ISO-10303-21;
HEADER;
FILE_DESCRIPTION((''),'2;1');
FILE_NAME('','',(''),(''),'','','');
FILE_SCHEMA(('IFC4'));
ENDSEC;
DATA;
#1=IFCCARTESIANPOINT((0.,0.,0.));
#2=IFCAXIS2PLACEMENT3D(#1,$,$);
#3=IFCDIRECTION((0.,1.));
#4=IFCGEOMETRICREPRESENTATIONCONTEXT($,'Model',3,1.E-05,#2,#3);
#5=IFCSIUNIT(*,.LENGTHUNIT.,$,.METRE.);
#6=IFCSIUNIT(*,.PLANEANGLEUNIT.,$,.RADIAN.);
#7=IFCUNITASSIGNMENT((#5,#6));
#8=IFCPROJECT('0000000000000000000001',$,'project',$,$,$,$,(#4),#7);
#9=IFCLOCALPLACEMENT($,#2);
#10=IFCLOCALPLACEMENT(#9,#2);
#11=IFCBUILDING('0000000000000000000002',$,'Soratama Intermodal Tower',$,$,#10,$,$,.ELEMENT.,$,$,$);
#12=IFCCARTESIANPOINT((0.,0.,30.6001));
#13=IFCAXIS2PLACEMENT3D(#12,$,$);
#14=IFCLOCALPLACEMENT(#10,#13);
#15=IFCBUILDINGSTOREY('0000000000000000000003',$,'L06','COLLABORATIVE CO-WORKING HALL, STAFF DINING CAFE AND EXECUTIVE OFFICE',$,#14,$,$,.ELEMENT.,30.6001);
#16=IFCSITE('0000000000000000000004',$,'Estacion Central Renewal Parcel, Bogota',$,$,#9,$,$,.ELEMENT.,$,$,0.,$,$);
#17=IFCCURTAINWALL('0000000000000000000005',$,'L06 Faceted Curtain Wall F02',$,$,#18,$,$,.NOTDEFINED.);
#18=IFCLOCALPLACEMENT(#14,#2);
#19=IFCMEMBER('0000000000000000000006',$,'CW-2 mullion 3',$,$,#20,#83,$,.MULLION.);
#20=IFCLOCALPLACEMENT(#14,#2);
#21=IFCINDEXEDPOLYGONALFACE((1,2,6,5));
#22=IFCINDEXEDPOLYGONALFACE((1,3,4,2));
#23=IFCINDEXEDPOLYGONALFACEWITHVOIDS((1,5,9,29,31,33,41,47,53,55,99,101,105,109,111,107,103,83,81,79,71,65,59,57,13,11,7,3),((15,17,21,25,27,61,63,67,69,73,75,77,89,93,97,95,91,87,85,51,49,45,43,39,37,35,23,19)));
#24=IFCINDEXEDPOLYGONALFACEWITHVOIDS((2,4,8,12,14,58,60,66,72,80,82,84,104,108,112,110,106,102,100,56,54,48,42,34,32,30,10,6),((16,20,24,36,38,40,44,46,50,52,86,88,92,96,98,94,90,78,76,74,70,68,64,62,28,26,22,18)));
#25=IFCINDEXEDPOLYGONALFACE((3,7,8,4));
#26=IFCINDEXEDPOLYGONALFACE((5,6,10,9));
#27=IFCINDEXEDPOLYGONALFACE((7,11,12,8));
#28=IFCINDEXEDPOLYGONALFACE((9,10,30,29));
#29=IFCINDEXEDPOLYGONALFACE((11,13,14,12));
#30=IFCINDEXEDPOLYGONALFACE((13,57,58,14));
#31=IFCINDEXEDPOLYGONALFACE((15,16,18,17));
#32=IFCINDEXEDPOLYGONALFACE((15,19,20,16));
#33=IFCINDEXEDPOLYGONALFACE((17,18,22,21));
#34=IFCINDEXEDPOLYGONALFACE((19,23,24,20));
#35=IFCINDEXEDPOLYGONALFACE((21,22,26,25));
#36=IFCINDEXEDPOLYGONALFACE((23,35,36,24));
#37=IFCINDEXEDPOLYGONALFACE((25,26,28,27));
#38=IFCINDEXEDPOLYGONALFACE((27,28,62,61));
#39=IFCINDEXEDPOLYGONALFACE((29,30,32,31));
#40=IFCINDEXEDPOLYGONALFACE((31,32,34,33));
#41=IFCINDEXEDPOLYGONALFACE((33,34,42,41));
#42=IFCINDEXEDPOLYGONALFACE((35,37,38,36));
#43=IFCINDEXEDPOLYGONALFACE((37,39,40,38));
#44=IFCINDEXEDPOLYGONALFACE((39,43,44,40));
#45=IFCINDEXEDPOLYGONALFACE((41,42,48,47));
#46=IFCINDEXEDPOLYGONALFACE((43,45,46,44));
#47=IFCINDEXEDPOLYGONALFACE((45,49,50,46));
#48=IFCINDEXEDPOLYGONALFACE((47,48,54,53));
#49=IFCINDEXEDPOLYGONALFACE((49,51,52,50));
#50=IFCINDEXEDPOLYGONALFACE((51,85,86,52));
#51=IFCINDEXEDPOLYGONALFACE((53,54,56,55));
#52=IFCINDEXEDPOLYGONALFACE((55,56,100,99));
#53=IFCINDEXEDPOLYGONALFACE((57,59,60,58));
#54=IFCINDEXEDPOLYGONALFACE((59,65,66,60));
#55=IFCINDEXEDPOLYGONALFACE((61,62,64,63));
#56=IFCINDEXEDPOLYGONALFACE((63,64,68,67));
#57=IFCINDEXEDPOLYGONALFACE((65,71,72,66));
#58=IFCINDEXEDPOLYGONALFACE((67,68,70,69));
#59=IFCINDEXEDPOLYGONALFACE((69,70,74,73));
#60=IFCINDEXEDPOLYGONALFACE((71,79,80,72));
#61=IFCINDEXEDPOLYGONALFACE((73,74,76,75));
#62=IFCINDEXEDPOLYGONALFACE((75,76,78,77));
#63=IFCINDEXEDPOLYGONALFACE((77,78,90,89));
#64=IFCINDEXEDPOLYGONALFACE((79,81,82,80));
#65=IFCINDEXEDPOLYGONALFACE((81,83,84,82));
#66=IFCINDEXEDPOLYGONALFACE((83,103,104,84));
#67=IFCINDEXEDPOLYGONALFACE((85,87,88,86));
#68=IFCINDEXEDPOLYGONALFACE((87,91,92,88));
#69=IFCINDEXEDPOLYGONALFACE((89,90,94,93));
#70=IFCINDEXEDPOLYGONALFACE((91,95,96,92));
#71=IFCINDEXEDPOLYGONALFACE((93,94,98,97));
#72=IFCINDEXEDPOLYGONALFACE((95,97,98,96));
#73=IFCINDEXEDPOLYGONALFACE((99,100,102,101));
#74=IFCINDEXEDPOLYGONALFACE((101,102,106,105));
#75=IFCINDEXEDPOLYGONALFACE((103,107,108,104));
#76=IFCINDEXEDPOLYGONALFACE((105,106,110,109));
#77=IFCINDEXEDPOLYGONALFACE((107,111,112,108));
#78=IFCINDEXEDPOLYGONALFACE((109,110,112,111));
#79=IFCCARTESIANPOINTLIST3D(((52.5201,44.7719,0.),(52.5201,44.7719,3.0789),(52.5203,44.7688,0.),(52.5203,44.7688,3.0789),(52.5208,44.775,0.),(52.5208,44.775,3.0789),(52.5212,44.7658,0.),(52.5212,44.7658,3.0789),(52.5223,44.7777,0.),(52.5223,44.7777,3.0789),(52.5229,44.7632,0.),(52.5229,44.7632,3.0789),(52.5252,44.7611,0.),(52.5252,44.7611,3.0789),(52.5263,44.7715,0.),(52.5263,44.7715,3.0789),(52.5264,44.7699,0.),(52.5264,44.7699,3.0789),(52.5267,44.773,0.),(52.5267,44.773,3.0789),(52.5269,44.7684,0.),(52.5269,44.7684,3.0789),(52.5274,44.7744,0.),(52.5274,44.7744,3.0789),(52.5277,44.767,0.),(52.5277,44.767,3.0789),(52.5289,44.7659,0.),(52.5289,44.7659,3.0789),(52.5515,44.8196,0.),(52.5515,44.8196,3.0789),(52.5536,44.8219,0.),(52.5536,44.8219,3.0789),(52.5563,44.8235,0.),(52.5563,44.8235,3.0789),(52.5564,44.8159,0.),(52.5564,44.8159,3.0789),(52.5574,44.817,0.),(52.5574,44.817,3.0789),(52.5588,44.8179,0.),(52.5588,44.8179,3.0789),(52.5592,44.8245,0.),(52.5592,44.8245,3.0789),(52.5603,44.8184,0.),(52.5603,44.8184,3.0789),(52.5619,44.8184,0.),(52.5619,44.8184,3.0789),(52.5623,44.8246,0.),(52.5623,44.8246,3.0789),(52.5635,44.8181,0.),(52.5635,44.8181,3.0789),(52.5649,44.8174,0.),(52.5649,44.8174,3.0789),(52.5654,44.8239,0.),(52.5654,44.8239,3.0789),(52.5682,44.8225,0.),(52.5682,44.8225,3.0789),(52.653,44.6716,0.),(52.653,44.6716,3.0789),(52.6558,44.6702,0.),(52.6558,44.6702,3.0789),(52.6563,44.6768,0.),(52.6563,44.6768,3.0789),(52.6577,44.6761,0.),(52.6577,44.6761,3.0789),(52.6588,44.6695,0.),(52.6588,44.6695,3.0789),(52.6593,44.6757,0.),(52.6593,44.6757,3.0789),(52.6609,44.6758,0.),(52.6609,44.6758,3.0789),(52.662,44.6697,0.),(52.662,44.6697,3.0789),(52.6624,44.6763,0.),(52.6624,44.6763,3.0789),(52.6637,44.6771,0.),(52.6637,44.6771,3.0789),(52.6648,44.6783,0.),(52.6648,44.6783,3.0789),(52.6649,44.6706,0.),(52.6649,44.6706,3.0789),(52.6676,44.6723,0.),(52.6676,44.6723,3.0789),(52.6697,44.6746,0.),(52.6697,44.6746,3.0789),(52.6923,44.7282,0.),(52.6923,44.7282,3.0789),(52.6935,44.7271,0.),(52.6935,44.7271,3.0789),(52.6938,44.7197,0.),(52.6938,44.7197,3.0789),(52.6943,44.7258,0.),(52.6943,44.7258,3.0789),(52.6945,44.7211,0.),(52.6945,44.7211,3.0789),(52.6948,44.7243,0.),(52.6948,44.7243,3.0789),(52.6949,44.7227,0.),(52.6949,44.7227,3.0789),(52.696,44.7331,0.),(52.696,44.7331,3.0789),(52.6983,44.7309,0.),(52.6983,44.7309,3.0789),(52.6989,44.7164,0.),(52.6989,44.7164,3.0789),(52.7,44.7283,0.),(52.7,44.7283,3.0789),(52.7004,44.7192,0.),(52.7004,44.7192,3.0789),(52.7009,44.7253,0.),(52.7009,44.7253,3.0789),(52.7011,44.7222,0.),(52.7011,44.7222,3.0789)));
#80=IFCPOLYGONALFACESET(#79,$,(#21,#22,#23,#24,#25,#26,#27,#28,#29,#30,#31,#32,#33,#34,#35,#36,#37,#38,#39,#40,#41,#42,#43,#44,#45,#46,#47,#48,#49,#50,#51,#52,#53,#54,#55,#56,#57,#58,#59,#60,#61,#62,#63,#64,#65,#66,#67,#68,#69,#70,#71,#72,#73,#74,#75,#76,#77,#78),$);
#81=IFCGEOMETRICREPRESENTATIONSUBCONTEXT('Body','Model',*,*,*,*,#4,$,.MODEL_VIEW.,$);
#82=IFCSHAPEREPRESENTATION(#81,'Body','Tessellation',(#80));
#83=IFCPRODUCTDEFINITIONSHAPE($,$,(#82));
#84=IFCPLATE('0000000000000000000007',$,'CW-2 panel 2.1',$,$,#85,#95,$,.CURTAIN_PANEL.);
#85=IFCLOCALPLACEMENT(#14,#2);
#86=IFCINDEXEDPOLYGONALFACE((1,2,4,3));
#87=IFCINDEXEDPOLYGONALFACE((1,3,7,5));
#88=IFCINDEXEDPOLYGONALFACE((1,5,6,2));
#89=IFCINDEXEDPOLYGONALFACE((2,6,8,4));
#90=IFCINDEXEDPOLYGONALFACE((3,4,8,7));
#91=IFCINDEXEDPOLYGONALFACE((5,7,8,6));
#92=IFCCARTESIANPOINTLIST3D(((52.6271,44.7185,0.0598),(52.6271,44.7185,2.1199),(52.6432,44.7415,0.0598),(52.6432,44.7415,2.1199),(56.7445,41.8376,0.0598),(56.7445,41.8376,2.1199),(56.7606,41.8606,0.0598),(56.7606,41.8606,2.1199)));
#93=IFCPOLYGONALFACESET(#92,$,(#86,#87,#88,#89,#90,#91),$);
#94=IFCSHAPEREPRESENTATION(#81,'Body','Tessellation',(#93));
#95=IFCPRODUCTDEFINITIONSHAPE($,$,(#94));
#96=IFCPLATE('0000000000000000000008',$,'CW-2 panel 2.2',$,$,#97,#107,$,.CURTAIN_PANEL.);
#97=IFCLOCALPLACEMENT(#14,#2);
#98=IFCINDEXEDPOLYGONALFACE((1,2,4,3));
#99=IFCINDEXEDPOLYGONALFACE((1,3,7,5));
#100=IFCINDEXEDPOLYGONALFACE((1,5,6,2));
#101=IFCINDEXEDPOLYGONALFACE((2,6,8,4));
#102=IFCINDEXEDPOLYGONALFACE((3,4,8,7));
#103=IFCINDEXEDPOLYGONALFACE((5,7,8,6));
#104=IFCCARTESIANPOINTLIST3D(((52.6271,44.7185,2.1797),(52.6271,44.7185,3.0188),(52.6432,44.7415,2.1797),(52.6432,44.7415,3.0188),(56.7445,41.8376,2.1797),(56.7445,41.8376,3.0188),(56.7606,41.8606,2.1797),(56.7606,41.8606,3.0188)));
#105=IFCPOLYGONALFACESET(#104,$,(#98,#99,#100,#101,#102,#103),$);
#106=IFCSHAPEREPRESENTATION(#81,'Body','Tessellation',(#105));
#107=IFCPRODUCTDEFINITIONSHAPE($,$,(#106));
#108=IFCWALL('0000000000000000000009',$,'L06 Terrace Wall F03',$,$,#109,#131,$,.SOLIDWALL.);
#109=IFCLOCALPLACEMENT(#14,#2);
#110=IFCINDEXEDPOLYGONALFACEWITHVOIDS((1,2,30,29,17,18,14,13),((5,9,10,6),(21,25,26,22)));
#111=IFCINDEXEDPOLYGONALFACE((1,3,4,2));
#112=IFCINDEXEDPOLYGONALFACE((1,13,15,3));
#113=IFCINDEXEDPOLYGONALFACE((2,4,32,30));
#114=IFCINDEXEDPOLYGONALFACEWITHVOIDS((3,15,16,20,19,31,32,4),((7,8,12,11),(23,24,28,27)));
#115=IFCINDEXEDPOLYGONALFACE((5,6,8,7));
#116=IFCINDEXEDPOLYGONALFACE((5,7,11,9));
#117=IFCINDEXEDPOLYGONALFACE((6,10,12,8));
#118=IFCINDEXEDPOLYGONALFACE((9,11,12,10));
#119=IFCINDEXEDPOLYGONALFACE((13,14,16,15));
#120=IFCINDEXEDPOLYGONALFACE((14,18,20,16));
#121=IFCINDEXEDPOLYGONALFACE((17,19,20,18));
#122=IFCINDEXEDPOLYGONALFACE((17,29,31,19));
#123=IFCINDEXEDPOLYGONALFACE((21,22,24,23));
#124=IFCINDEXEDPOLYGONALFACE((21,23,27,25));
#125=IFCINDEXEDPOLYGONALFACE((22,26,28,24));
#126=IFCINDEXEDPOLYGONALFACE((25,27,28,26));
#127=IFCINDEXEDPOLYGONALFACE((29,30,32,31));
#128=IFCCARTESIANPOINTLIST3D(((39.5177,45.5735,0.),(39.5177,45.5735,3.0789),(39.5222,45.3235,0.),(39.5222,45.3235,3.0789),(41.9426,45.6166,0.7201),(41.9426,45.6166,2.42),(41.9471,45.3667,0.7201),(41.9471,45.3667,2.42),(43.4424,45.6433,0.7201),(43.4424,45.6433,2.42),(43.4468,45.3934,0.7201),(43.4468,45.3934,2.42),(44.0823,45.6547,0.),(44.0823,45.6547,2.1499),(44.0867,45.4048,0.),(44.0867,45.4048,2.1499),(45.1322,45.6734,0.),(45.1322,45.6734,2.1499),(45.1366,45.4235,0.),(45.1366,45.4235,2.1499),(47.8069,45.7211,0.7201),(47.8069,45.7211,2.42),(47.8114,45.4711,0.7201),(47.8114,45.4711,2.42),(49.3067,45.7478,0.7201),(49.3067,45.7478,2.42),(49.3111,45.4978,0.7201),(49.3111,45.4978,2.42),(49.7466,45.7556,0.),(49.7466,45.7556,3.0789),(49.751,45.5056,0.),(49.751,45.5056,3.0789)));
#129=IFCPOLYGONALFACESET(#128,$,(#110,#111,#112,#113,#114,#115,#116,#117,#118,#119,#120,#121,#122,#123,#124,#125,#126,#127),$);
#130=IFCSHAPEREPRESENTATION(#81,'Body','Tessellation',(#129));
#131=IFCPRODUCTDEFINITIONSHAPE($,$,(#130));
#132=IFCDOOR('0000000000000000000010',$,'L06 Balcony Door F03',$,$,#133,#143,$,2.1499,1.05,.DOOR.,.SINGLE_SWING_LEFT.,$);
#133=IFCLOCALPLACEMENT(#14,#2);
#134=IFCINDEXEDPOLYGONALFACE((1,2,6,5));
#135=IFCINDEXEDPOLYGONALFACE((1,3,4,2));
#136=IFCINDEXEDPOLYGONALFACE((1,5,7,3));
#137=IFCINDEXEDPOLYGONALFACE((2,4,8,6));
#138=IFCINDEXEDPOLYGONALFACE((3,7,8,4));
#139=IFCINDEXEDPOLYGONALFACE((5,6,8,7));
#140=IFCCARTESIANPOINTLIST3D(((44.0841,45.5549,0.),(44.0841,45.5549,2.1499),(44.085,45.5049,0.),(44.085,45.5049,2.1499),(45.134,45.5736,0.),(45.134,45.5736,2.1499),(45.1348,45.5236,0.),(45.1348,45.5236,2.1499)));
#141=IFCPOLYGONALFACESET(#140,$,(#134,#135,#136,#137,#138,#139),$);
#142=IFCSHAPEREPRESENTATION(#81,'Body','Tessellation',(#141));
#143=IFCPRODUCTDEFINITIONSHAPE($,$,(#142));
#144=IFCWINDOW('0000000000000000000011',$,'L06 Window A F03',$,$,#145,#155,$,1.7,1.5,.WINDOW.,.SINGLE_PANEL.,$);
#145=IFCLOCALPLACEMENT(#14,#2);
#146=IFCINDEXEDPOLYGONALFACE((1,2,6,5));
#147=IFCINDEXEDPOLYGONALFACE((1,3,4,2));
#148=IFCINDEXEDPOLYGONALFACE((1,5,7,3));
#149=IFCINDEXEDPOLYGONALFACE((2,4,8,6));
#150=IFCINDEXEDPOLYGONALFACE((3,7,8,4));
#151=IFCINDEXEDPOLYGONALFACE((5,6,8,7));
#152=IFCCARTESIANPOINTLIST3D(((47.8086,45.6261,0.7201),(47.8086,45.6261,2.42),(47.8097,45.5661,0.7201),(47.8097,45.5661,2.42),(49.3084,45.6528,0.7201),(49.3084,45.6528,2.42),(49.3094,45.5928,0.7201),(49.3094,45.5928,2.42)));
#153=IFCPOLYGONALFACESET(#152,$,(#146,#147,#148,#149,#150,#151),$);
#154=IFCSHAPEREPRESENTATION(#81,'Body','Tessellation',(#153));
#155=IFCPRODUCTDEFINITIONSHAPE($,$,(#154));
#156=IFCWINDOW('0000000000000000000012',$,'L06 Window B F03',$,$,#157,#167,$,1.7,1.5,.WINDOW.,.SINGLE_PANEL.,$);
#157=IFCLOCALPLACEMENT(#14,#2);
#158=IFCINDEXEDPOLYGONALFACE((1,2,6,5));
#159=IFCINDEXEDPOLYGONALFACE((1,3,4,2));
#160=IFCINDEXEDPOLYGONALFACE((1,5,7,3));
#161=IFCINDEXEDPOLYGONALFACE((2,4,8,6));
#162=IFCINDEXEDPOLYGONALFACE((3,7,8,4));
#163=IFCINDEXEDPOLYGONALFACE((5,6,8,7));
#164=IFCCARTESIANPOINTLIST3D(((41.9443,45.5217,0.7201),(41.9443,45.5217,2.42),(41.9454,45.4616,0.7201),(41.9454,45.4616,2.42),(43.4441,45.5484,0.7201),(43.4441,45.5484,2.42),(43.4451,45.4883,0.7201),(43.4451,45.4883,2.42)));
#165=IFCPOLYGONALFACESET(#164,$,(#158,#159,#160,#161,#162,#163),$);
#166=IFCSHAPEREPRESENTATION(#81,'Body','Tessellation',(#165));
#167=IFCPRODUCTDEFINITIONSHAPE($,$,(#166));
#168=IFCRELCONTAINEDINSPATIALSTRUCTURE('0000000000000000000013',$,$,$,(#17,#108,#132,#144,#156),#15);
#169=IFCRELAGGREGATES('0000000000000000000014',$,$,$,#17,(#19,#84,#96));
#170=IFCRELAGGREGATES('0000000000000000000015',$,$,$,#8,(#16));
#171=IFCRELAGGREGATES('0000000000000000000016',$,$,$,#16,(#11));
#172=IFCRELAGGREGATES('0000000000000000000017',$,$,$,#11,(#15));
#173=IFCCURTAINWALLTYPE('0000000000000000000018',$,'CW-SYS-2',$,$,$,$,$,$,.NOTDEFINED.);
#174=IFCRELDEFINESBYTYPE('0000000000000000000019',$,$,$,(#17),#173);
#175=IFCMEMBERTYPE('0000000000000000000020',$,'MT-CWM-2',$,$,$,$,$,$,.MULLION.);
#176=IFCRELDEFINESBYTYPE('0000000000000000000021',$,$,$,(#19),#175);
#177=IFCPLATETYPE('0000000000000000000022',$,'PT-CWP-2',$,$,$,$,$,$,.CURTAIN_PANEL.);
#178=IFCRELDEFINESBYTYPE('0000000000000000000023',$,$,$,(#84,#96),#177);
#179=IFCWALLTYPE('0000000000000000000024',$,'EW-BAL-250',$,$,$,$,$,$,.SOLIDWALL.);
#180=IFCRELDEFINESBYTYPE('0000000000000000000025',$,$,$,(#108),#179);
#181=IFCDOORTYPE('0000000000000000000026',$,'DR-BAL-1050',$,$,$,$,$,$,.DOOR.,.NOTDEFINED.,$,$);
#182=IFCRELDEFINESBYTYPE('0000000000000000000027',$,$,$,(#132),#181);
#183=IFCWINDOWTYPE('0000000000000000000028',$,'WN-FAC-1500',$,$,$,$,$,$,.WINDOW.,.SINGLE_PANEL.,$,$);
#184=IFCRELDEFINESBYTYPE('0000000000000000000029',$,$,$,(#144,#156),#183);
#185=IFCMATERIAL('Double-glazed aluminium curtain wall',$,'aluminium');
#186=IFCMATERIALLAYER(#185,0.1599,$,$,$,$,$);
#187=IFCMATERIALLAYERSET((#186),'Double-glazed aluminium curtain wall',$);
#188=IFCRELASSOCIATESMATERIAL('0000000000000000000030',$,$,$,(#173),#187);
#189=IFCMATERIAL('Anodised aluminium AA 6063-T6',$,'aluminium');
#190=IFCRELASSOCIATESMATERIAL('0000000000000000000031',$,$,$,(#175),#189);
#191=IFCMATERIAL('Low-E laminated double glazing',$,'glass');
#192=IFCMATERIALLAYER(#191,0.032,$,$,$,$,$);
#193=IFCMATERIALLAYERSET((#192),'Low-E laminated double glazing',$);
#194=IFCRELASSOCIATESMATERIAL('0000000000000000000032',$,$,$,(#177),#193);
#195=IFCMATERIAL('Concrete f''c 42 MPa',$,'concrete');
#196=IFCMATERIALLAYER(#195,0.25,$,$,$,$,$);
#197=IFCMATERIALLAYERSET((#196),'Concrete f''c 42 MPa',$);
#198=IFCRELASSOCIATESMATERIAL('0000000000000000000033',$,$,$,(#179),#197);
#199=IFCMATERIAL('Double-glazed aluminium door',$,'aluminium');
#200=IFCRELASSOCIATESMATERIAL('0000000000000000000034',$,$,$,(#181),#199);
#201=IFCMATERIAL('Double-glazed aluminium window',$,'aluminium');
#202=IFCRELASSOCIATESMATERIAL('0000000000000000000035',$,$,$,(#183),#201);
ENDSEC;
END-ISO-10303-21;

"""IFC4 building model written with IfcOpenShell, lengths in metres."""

from ifc_helpers import new_model, si_unit, direction, frame, frame_2d, origin, origin_2d, place, context, subcontext, project, spatial, rectangle, hollow_rectangle, extrude, material, layer, layer_set, material_profile, profile_set, type_object, element, fill, aggregate, save


model = new_model("IFC4")

# Units and contexts
model_context = context("Model", 3, precision=1e-05, world=origin(), true_north=direction((0.0, 1.0)))
body_context = subcontext(model_context, "Body", "Model", "MODEL_VIEW")
ifc_project = project(units=[si_unit("LENGTHUNIT", "METRE"), si_unit("PLANEANGLEUNIT", "RADIAN")], contexts=[model_context])

# Site, building, storey
site_placement = place(None, origin())
site = spatial("IfcSite", under=ifc_project, at=site_placement, Name="Estacion Central Renewal Parcel, Bogota", CompositionType="ELEMENT", RefElevation=0.0)
building_placement = place(site_placement, origin())
building = spatial("IfcBuilding", under=site, at=building_placement, Name="Soratama Intermodal Tower", CompositionType="ELEMENT")
storey_placement = place(building_placement, frame((0.0, 0.0, 30.6001)))
storey = spatial("IfcBuildingStorey", under=building, at=storey_placement, Name="L06", Description="COLLABORATIVE CO-WORKING HALL, STAFF DINING CAFE AND EXECUTIVE OFFICE", CompositionType="ELEMENT", Elevation=30.6001)

# Curtain wall, member, plates
ifc_material_1 = material(Name="Double-glazed aluminium curtain wall", Category="aluminium")
ifc_layer_1 = layer(ifc_material_1, 0.1599)
ifc_layer_set_1 = layer_set([ifc_layer_1], Name="Double-glazed aluminium curtain wall")
curtain_wall_type = type_object("IfcCurtainWallType", Name="CW-SYS-2", PredefinedType="NOTDEFINED", material=ifc_layer_set_1)
curtain_wall_placement = place(storey_placement, origin())
curtain_wall = element("IfcCurtainWall", 1, at=curtain_wall_placement, inside=storey, type_object=curtain_wall_type, Name="L06 Faceted Curtain Wall F02", PredefinedType="NOTDEFINED")
ifc_material_2 = material(Name="Anodised aluminium AA 6063-T6", Category="aluminium")
ifc_material_profile_1 = material_profile(ifc_material_2, hollow_rectangle(XDim=0.075, YDim=0.1799, WallThickness=0.0061, InnerFilletRadius=0.0061, OuterFilletRadius=0.012, at=origin_2d()), Name="CWM180X75X6")
ifc_profile_set_1 = profile_set([ifc_material_profile_1], Name="Anodised aluminium AA 6063-T6")
member_type = type_object("IfcMemberType", Name="MT-CWM-2", PredefinedType="MULLION", material=ifc_profile_set_1)
member_placement = place(storey_placement, frame((52.6106, 44.7471, 0.0), z_axis=(0.0, 0.0, 1.0), x_axis=(-0.573296, -0.819349, 0.0)))
member = element("IfcMember", 2, at=member_placement, type_object=member_type, Name="CW-2 mullion 3", PredefinedType="MULLION", context=body_context, shape_type="SweptSolid", body=[
    extrude(hollow_rectangle(XDim=0.075, YDim=0.1799, WallThickness=0.0061, InnerFilletRadius=0.0061, OuterFilletRadius=0.012, at=origin_2d()), origin(), (0.0, 0.0, 1.0), 3.0789),
])
ifc_material_3 = material(Name="Low-E laminated double glazing", Category="glass")
ifc_layer_2 = layer(ifc_material_3, 0.032)
ifc_layer_set_2 = layer_set([ifc_layer_2], Name="Low-E laminated double glazing")
plate_type = type_object("IfcPlateType", Name="PT-CWP-2", PredefinedType="CURTAIN_PANEL", material=ifc_layer_set_2)
plate_1_placement = place(storey_placement, frame((54.6938, 43.2896, 0.0598), z_axis=(0.0, 0.0, 1.0), x_axis=(-0.819349, 0.573296, 0.0)))
plate_1 = element("IfcPlate", 3, at=plate_1_placement, type_object=plate_type, Name="CW-2 panel 2.1", PredefinedType="CURTAIN_PANEL", context=body_context, shape_type="SweptSolid", body=[
    extrude(rectangle(XDim=5.0251, YDim=0.0281, at=origin_2d()), origin(), (0.0, 0.0, 1.0), 2.0601),
])
plate_2_placement = place(storey_placement, frame((54.6938, 43.2896, 2.1797), z_axis=(0.0, 0.0, 1.0), x_axis=(-0.819349, 0.573296, 0.0)))
plate_2 = element("IfcPlate", 4, at=plate_2_placement, type_object=plate_type, Name="CW-2 panel 2.2", PredefinedType="CURTAIN_PANEL", context=body_context, shape_type="SweptSolid", body=[
    extrude(rectangle(XDim=5.0251, YDim=0.0281, at=origin_2d()), origin(), (0.0, 0.0, 1.0), 0.8391),
])
aggregate(curtain_wall, [member, plate_1, plate_2])

# Wall, openings, door, windows
ifc_material_4 = material(Name="Concrete f'c 42 MPa", Category="concrete")
ifc_layer_3 = layer(ifc_material_4, 0.25)
ifc_layer_set_3 = layer_set([ifc_layer_3], Name="Concrete f'c 42 MPa")
wall_type_1 = type_object("IfcWallType", Name="EW-BAL-250", PredefinedType="SOLIDWALL", material=ifc_layer_set_3)
wall_1_placement = place(storey_placement, frame((49.7488, 45.6306, 0.0), z_axis=(0.0, 0.0, 1.0), x_axis=(-0.999842, -0.017803, 0.0)))
wall_1 = element("IfcWall", 5, at=wall_1_placement, inside=storey, type_object=wall_type_1, Name="L06 Terrace Wall F03", PredefinedType="SOLIDWALL", context=body_context, shape_type="SweptSolid", body=[
    extrude(rectangle(XDim=10.2305, YDim=0.25, at=frame_2d((5.1152, 0.0))), origin(), (0.0, 0.0, 1.0), 3.0789),
])
opening_1_placement = place(wall_1_placement, frame((4.6152, 0.0, 0.0)))
opening_1 = element("IfcOpeningElement", 6, at=opening_1_placement, cuts=wall_1, PredefinedType="OPENING", context=body_context, shape_type="SweptSolid", body=[
    extrude(rectangle(XDim=1.05, YDim=2.1499, at=frame_2d((0.5249, 1.075))), frame((0.0, 0.135, 0.0), z_axis=(0.0, -1.0, 0.0), x_axis=(1.0, 0.0, 0.0)), (0.0, 0.0, 1.0), 0.27),
])
opening_2_placement = place(wall_1_placement, frame((0.4399, 0.0, 0.72)))
opening_2 = element("IfcOpeningElement", 7, at=opening_2_placement, cuts=wall_1, PredefinedType="OPENING", context=body_context, shape_type="SweptSolid", body=[
    extrude(rectangle(XDim=1.5, YDim=1.7, at=frame_2d((0.75, 0.8501))), frame((0.0, 0.135, 0.0), z_axis=(0.0, -1.0, 0.0), x_axis=(1.0, 0.0, 0.0)), (0.0, 0.0, 1.0), 0.27),
])
opening_3_placement = place(wall_1_placement, frame((6.3052, 0.0, 0.72)))
opening_3 = element("IfcOpeningElement", 8, at=opening_3_placement, cuts=wall_1, PredefinedType="OPENING", context=body_context, shape_type="SweptSolid", body=[
    extrude(rectangle(XDim=1.5, YDim=1.7, at=frame_2d((0.75, 0.8501))), frame((0.0, 0.135, 0.0), z_axis=(0.0, -1.0, 0.0), x_axis=(1.0, 0.0, 0.0)), (0.0, 0.0, 1.0), 0.27),
])
ifc_material_5 = material(Name="Double-glazed aluminium door", Category="aluminium")
door_type = type_object("IfcDoorType", Name="DR-BAL-1050", OperationType="NOTDEFINED", PredefinedType="DOOR", material=ifc_material_5)
door_placement = place(opening_1_placement, origin())
door = element("IfcDoor", 9, at=door_placement, inside=storey, type_object=door_type, Name="L06 Balcony Door F03", OperationType="SINGLE_SWING_LEFT", OverallHeight=2.1499, OverallWidth=1.05, PredefinedType="DOOR", context=body_context, shape_type="SweptSolid", body=[
    extrude(rectangle(XDim=1.05, YDim=2.1499, at=frame_2d((0.5249, 1.075))), frame((0.0, 0.0249, 0.0), z_axis=(0.0, -1.0, 0.0), x_axis=(1.0, 0.0, 0.0)), (0.0, 0.0, 1.0), 0.05),
])
fill(opening_1, door)
ifc_material_6 = material(Name="Double-glazed aluminium window", Category="aluminium")
window_type_1 = type_object("IfcWindowType", Name="WN-FAC-1500", PartitioningType="SINGLE_PANEL", PredefinedType="WINDOW", material=ifc_material_6)
window_1_placement = place(opening_2_placement, origin())
window_1 = element("IfcWindow", 10, at=window_1_placement, inside=storey, type_object=window_type_1, Name="L06 Window A F03", OverallHeight=1.7, OverallWidth=1.5, PartitioningType="SINGLE_PANEL", PredefinedType="WINDOW", context=body_context, shape_type="SweptSolid", body=[
    extrude(rectangle(XDim=1.5, YDim=1.7, at=frame_2d((0.75, 0.8501))), frame((0.0, 0.03, 0.0), z_axis=(0.0, -1.0, 0.0), x_axis=(1.0, 0.0, 0.0)), (0.0, 0.0, 1.0), 0.0601),
])
fill(opening_2, window_1)
window_2_placement = place(opening_3_placement, origin())
window_2 = element("IfcWindow", 11, at=window_2_placement, inside=storey, type_object=window_type_1, Name="L06 Window B F03", OverallHeight=1.7, OverallWidth=1.5, PartitioningType="SINGLE_PANEL", PredefinedType="WINDOW", context=body_context, shape_type="SweptSolid", body=[
    extrude(rectangle(XDim=1.5, YDim=1.7, at=frame_2d((0.75, 0.8501))), frame((0.0, 0.03, 0.0), z_axis=(0.0, -1.0, 0.0), x_axis=(1.0, 0.0, 0.0)), (0.0, 0.0, 1.0), 0.0601),
])
fill(opening_3, window_2)

save(model, "model.ifc")
